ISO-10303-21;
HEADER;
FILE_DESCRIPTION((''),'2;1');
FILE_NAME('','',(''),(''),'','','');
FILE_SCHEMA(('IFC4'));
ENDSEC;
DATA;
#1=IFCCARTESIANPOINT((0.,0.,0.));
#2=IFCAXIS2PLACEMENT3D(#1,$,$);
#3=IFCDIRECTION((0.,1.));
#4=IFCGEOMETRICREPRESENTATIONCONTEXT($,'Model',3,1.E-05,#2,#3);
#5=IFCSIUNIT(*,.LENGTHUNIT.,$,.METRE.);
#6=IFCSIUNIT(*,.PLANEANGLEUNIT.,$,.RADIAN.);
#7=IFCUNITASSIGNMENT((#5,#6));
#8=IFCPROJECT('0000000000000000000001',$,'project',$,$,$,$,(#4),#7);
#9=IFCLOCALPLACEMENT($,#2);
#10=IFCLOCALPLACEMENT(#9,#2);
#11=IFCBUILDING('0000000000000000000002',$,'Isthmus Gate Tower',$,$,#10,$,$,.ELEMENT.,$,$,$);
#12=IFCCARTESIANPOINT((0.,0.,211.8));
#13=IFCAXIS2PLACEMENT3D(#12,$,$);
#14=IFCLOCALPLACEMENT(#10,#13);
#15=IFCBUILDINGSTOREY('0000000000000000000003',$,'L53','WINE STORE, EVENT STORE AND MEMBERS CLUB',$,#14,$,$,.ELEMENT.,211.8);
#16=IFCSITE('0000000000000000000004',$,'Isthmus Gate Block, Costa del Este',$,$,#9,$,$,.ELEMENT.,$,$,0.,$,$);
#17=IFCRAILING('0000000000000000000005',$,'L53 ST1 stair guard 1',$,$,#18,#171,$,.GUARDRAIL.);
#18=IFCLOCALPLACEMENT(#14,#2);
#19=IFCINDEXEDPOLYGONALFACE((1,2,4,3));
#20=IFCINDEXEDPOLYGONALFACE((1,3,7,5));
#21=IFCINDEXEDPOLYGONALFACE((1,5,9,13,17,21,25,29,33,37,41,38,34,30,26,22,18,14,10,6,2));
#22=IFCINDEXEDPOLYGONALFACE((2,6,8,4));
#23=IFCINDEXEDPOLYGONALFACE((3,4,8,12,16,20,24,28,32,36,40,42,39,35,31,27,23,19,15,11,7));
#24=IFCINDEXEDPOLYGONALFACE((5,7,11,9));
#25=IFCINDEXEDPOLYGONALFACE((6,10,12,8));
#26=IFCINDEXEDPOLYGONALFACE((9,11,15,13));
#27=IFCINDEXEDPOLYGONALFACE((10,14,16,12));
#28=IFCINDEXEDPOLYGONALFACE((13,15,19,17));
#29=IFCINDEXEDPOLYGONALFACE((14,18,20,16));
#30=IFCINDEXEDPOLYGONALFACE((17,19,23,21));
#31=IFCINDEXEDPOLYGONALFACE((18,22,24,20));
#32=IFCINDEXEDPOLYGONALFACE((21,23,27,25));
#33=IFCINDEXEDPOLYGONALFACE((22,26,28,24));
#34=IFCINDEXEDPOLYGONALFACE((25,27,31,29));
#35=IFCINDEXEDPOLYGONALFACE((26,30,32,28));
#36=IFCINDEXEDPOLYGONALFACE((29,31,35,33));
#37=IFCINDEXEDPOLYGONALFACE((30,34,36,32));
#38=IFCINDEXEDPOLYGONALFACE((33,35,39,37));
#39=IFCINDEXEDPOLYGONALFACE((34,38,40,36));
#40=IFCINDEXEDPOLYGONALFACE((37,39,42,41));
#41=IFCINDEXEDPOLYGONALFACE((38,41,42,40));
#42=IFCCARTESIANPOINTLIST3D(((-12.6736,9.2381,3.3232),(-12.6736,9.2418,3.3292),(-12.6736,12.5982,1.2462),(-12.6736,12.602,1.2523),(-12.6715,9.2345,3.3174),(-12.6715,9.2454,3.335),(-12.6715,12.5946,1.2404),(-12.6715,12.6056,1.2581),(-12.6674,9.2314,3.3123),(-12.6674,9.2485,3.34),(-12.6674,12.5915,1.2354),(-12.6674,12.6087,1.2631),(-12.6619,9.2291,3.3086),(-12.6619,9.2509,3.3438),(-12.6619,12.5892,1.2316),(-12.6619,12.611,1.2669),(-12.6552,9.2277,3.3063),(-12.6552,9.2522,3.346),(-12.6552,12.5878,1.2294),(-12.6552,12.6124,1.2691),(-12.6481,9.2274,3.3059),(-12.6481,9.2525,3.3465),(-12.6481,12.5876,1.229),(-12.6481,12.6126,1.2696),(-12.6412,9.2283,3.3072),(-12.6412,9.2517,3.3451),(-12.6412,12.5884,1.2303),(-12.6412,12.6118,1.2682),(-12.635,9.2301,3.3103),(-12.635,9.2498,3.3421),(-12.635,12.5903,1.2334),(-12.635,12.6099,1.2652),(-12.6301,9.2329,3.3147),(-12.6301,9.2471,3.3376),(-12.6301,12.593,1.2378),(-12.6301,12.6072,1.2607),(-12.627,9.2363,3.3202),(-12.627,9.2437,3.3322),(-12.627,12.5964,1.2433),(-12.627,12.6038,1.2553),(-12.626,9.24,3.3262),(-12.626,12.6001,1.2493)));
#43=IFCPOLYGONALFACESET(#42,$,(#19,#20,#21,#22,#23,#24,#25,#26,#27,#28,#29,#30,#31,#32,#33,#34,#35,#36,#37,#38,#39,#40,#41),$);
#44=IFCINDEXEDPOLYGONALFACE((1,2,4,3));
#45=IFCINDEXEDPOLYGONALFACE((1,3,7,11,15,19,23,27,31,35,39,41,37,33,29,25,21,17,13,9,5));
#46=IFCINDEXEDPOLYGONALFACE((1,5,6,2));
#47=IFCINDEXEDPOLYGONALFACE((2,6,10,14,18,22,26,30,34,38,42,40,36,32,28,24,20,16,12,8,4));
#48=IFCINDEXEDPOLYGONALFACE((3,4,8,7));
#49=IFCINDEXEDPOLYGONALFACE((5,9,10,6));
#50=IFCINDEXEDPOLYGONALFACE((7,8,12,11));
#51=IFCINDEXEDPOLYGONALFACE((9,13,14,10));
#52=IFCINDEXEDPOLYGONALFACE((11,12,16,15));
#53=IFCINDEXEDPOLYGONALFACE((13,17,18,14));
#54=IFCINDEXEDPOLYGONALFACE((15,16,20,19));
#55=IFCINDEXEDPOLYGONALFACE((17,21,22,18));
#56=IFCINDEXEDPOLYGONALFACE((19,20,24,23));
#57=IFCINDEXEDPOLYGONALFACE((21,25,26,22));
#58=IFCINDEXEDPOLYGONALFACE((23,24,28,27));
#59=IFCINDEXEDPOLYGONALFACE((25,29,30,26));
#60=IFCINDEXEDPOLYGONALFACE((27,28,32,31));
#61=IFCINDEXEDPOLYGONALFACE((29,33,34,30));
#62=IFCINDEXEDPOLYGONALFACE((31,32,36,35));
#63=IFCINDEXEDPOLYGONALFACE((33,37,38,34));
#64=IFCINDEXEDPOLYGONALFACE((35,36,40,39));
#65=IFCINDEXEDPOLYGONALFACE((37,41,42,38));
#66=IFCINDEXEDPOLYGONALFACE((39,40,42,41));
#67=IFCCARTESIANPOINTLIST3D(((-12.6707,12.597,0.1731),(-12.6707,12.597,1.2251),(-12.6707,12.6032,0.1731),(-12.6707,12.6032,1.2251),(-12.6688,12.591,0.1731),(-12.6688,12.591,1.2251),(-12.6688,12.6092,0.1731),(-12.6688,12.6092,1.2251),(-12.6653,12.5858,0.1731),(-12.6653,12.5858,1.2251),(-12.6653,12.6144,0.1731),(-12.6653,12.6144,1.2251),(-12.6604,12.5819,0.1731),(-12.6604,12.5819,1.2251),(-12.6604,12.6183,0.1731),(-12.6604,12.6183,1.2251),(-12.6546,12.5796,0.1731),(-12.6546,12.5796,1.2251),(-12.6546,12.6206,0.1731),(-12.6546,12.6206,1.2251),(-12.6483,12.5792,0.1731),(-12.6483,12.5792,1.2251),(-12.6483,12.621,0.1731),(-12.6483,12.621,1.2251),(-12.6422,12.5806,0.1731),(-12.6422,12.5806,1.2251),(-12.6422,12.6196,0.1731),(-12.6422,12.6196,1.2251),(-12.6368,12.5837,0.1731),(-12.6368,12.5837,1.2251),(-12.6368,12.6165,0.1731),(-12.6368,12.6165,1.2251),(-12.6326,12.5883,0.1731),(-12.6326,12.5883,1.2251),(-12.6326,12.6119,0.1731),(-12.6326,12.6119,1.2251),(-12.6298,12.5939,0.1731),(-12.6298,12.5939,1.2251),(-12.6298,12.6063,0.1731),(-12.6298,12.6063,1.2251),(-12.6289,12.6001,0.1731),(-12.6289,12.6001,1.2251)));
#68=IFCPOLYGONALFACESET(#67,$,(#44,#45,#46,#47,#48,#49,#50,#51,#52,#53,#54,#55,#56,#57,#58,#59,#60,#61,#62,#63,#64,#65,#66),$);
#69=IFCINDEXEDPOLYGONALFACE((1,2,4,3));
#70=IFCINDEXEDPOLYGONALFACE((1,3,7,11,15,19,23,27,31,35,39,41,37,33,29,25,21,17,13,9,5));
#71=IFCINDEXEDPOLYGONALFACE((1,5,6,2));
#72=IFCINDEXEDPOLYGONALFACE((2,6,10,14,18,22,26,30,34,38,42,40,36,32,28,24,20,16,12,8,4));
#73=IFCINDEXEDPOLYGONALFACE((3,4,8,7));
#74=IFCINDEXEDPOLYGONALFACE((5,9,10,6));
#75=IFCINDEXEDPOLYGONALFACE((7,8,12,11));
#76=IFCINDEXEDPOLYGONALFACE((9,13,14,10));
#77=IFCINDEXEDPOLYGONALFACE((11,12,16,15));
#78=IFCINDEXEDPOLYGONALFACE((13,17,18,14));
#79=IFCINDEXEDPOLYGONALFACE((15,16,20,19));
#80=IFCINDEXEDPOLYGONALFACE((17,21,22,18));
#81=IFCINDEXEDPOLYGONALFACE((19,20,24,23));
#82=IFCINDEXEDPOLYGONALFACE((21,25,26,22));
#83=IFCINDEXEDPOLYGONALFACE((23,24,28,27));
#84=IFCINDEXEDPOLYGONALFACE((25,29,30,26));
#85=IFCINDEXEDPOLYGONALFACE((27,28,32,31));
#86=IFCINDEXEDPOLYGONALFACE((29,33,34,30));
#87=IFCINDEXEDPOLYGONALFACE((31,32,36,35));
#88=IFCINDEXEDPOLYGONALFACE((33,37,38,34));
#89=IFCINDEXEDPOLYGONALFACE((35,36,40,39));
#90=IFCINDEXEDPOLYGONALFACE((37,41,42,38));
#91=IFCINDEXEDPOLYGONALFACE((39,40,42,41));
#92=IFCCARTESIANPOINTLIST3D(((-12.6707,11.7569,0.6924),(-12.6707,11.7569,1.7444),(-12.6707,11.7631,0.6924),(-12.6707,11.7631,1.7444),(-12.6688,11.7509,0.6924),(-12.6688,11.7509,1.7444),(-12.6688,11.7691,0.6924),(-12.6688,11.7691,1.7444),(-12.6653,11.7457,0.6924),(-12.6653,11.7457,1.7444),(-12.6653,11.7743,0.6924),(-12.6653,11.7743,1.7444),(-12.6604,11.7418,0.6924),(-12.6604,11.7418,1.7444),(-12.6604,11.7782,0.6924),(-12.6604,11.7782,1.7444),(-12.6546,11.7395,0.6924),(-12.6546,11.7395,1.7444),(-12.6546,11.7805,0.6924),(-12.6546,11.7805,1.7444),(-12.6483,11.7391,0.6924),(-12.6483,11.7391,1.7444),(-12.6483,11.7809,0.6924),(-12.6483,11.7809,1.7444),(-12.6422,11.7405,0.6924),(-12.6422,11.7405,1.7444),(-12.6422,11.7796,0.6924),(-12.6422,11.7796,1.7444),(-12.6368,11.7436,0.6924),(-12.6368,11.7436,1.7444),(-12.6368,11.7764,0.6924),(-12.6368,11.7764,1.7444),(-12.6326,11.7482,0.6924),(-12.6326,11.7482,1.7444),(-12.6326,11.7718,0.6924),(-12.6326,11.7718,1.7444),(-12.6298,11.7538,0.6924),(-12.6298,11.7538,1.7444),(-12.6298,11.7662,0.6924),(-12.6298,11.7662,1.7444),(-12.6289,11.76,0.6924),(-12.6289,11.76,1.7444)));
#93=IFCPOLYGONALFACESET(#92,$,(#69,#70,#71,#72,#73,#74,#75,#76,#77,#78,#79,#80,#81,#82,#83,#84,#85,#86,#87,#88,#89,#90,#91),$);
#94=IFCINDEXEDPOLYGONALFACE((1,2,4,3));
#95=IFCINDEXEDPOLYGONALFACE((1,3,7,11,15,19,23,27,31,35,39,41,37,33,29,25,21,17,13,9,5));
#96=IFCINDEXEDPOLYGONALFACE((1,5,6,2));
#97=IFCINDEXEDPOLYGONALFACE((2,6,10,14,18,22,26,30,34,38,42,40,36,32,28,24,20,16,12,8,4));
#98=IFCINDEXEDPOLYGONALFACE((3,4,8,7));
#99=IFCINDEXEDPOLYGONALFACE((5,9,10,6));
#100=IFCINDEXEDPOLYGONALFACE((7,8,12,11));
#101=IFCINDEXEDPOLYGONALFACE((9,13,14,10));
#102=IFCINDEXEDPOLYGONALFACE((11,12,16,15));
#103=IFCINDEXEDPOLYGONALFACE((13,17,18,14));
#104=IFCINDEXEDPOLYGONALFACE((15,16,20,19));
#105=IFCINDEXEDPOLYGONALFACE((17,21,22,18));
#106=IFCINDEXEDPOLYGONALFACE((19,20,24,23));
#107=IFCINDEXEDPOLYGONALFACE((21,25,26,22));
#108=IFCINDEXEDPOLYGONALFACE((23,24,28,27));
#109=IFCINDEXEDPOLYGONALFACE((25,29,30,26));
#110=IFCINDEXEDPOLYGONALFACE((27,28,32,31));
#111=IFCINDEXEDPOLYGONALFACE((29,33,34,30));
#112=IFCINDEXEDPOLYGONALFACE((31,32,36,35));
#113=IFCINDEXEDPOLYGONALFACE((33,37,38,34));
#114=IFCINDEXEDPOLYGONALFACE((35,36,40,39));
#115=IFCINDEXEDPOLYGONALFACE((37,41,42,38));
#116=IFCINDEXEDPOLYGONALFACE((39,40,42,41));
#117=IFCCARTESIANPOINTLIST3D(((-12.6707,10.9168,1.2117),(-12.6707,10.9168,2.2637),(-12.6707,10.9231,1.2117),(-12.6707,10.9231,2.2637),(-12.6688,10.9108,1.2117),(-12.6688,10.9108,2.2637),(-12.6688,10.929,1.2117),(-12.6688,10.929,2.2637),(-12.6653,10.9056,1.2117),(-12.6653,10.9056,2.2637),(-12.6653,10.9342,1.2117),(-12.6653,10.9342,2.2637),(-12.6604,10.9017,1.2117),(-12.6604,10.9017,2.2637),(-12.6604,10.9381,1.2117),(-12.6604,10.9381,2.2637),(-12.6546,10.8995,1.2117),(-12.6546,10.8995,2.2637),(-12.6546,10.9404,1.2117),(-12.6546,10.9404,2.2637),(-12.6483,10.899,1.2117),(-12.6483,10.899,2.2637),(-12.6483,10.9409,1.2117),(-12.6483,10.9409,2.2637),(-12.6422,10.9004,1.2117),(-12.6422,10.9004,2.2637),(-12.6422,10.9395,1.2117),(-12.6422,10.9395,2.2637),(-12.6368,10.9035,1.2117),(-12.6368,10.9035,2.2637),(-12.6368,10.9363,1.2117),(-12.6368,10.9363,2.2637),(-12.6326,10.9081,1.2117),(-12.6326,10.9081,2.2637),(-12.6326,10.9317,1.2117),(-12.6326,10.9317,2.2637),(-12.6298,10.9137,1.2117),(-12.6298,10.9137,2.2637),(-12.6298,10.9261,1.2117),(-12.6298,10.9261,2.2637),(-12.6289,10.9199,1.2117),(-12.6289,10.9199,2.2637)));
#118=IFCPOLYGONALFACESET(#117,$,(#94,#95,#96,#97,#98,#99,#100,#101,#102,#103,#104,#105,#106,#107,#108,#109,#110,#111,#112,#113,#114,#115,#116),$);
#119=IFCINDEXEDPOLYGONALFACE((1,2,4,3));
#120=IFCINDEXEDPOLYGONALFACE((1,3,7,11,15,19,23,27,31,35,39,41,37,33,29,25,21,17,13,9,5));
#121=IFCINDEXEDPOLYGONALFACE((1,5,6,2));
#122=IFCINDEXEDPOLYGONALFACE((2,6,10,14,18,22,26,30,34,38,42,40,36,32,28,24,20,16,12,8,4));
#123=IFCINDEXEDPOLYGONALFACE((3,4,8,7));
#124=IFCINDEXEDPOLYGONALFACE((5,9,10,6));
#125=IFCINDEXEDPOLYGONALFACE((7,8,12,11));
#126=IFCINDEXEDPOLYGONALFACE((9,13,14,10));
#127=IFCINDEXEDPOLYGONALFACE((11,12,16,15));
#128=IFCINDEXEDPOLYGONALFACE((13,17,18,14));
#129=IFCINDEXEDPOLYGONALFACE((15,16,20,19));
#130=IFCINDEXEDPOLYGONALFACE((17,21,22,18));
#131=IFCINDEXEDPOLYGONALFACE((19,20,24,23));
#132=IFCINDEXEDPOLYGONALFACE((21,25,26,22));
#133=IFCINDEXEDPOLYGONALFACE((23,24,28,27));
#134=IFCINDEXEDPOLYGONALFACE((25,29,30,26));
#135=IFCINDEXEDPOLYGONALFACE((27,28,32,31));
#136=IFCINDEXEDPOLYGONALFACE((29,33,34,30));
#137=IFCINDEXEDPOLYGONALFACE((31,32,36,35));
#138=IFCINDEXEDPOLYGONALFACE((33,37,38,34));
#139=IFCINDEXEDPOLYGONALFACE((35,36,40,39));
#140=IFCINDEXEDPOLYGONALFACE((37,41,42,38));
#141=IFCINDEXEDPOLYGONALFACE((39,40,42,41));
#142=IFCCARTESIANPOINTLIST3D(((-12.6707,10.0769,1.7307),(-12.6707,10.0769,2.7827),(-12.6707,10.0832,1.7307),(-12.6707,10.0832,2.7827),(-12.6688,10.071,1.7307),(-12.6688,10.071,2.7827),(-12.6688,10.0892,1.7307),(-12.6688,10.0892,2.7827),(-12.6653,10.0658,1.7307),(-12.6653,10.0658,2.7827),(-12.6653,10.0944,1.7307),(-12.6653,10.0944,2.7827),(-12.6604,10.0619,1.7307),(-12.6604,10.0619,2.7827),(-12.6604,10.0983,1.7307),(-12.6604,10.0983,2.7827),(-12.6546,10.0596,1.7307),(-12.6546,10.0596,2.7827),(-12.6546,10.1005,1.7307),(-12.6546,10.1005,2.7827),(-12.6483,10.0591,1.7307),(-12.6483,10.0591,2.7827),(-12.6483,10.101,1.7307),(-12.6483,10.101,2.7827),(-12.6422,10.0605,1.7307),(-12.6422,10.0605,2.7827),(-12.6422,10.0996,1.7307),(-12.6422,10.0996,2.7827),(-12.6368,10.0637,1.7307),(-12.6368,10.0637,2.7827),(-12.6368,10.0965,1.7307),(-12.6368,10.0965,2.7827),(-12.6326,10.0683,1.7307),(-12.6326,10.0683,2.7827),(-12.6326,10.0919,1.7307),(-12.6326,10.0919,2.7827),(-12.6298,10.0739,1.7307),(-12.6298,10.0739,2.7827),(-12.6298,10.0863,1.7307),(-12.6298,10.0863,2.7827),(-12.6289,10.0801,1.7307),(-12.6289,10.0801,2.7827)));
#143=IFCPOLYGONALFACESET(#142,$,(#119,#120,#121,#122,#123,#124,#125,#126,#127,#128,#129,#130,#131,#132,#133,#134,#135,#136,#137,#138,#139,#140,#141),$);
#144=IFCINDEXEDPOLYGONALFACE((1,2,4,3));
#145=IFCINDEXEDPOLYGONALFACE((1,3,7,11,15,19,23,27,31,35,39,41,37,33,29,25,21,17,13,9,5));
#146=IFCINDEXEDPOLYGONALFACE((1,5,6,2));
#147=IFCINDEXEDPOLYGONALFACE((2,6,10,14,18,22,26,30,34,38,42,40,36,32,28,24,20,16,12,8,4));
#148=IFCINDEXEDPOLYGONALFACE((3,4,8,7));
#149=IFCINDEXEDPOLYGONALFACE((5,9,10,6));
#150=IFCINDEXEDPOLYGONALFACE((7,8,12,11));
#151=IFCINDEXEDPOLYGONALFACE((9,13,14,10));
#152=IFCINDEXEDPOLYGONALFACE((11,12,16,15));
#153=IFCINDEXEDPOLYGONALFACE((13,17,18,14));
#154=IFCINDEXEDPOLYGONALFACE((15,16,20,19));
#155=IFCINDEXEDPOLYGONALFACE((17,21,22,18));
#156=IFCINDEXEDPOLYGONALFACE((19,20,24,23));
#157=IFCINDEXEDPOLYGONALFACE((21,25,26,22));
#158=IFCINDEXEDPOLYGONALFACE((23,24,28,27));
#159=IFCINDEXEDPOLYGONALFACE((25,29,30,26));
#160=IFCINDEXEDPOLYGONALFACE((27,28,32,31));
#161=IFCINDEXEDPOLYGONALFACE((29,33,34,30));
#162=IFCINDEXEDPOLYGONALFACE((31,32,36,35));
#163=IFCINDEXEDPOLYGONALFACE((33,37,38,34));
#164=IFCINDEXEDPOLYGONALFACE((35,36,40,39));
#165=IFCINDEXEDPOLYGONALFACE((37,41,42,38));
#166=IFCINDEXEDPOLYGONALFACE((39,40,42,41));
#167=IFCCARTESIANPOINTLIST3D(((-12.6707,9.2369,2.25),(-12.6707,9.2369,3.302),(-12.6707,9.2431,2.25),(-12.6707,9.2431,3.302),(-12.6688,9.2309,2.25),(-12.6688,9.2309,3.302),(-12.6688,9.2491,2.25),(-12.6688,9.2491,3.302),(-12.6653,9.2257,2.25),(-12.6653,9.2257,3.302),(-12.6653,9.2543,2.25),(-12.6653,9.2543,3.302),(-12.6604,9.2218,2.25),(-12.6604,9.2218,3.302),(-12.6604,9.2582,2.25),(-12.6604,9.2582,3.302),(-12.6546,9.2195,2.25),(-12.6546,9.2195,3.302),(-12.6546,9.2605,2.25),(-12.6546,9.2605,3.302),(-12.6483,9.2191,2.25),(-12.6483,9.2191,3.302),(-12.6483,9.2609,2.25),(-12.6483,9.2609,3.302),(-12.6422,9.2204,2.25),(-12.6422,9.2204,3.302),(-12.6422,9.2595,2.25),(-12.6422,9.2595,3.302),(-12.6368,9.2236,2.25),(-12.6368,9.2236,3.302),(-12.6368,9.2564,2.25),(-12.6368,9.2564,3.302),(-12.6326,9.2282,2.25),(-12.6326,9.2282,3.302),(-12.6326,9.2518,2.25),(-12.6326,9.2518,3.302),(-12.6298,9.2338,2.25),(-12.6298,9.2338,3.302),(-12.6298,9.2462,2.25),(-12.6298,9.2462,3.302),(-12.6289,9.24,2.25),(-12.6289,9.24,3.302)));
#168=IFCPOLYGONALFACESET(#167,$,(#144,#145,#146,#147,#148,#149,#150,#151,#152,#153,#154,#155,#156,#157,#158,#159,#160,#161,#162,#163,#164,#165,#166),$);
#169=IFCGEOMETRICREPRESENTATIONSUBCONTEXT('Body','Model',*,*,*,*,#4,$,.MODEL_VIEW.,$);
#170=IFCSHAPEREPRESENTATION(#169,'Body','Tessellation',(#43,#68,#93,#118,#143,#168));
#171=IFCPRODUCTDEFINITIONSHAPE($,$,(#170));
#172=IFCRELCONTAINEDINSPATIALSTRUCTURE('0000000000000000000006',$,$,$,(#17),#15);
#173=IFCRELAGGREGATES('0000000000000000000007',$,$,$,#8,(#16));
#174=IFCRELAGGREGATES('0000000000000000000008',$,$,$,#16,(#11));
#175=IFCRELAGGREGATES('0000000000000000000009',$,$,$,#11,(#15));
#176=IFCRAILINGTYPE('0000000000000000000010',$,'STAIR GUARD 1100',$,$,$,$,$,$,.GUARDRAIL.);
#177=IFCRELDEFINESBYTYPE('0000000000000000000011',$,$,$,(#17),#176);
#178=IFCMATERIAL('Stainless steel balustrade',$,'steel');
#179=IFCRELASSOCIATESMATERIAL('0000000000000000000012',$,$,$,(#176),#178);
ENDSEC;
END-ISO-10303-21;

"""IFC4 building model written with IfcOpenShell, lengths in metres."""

from ifc_helpers import new_model, si_unit, direction, frame, origin, origin_2d, place, context, subcontext, project, spatial, circle, extrude, material, type_object, element, save


model = new_model("IFC4")

# Units and contexts
model_context = context("Model", 3, precision=1e-05, world=origin(), true_north=direction((0.0, 1.0)))
body_context = subcontext(model_context, "Body", "Model", "MODEL_VIEW")
ifc_project = project(units=[si_unit("LENGTHUNIT", "METRE"), si_unit("PLANEANGLEUNIT", "RADIAN")], contexts=[model_context])

# Site, building, storey
site_placement = place(None, origin())
site = spatial("IfcSite", under=ifc_project, at=site_placement, Name="Isthmus Gate Block, Costa del Este", CompositionType="ELEMENT", RefElevation=0.0)
building_placement = place(site_placement, origin())
building = spatial("IfcBuilding", under=site, at=building_placement, Name="Isthmus Gate Tower", CompositionType="ELEMENT")
storey_placement = place(building_placement, frame((0.0, 0.0, 211.8)))
storey = spatial("IfcBuildingStorey", under=building, at=storey_placement, Name="L53", Description="WINE STORE, EVENT STORE AND MEMBERS CLUB", CompositionType="ELEMENT", Elevation=211.8)

# Railing
ifc_material_1 = material(Name="Stainless steel balustrade", Category="steel")
railing_type = type_object("IfcRailingType", Name="STAIR GUARD 1100", PredefinedType="GUARDRAIL", material=ifc_material_1)
railing_1_placement = place(storey_placement, frame((-12.6499, 12.6001, 0.1731)))
element("IfcRailing", 1, at=railing_1_placement, inside=storey, type_object=railing_type, Name="L53 ST1 stair guard 1", PredefinedType="GUARDRAIL", context=body_context, shape_type="SweptSolid", body=[
    extrude(circle(Radius=0.0239, at=origin_2d()), frame((0.0, 0.0, 1.0762), z_axis=(0.0, -0.850623, 0.525776), x_axis=(1.0, 0.0, 0.0)), (0.0, 0.0, 1.0), 3.9502),
    extrude(circle(Radius=0.021, at=origin_2d()), origin(), (0.0, 0.0, 1.0), 1.052),
    extrude(circle(Radius=0.021, at=origin_2d()), frame((0.0, -0.8401, 0.5193)), (0.0, 0.0, 1.0), 1.052),
    extrude(circle(Radius=0.021, at=origin_2d()), frame((0.0, -1.6802, 1.0386)), (0.0, 0.0, 1.0), 1.052),
    extrude(circle(Radius=0.021, at=origin_2d()), frame((0.0, -2.52, 1.5576)), (0.0, 0.0, 1.0), 1.052),
    extrude(circle(Radius=0.021, at=origin_2d()), frame((0.0, -3.3601, 2.0769)), (0.0, 0.0, 1.0), 1.052),
])

save(model, "model.ifc")
